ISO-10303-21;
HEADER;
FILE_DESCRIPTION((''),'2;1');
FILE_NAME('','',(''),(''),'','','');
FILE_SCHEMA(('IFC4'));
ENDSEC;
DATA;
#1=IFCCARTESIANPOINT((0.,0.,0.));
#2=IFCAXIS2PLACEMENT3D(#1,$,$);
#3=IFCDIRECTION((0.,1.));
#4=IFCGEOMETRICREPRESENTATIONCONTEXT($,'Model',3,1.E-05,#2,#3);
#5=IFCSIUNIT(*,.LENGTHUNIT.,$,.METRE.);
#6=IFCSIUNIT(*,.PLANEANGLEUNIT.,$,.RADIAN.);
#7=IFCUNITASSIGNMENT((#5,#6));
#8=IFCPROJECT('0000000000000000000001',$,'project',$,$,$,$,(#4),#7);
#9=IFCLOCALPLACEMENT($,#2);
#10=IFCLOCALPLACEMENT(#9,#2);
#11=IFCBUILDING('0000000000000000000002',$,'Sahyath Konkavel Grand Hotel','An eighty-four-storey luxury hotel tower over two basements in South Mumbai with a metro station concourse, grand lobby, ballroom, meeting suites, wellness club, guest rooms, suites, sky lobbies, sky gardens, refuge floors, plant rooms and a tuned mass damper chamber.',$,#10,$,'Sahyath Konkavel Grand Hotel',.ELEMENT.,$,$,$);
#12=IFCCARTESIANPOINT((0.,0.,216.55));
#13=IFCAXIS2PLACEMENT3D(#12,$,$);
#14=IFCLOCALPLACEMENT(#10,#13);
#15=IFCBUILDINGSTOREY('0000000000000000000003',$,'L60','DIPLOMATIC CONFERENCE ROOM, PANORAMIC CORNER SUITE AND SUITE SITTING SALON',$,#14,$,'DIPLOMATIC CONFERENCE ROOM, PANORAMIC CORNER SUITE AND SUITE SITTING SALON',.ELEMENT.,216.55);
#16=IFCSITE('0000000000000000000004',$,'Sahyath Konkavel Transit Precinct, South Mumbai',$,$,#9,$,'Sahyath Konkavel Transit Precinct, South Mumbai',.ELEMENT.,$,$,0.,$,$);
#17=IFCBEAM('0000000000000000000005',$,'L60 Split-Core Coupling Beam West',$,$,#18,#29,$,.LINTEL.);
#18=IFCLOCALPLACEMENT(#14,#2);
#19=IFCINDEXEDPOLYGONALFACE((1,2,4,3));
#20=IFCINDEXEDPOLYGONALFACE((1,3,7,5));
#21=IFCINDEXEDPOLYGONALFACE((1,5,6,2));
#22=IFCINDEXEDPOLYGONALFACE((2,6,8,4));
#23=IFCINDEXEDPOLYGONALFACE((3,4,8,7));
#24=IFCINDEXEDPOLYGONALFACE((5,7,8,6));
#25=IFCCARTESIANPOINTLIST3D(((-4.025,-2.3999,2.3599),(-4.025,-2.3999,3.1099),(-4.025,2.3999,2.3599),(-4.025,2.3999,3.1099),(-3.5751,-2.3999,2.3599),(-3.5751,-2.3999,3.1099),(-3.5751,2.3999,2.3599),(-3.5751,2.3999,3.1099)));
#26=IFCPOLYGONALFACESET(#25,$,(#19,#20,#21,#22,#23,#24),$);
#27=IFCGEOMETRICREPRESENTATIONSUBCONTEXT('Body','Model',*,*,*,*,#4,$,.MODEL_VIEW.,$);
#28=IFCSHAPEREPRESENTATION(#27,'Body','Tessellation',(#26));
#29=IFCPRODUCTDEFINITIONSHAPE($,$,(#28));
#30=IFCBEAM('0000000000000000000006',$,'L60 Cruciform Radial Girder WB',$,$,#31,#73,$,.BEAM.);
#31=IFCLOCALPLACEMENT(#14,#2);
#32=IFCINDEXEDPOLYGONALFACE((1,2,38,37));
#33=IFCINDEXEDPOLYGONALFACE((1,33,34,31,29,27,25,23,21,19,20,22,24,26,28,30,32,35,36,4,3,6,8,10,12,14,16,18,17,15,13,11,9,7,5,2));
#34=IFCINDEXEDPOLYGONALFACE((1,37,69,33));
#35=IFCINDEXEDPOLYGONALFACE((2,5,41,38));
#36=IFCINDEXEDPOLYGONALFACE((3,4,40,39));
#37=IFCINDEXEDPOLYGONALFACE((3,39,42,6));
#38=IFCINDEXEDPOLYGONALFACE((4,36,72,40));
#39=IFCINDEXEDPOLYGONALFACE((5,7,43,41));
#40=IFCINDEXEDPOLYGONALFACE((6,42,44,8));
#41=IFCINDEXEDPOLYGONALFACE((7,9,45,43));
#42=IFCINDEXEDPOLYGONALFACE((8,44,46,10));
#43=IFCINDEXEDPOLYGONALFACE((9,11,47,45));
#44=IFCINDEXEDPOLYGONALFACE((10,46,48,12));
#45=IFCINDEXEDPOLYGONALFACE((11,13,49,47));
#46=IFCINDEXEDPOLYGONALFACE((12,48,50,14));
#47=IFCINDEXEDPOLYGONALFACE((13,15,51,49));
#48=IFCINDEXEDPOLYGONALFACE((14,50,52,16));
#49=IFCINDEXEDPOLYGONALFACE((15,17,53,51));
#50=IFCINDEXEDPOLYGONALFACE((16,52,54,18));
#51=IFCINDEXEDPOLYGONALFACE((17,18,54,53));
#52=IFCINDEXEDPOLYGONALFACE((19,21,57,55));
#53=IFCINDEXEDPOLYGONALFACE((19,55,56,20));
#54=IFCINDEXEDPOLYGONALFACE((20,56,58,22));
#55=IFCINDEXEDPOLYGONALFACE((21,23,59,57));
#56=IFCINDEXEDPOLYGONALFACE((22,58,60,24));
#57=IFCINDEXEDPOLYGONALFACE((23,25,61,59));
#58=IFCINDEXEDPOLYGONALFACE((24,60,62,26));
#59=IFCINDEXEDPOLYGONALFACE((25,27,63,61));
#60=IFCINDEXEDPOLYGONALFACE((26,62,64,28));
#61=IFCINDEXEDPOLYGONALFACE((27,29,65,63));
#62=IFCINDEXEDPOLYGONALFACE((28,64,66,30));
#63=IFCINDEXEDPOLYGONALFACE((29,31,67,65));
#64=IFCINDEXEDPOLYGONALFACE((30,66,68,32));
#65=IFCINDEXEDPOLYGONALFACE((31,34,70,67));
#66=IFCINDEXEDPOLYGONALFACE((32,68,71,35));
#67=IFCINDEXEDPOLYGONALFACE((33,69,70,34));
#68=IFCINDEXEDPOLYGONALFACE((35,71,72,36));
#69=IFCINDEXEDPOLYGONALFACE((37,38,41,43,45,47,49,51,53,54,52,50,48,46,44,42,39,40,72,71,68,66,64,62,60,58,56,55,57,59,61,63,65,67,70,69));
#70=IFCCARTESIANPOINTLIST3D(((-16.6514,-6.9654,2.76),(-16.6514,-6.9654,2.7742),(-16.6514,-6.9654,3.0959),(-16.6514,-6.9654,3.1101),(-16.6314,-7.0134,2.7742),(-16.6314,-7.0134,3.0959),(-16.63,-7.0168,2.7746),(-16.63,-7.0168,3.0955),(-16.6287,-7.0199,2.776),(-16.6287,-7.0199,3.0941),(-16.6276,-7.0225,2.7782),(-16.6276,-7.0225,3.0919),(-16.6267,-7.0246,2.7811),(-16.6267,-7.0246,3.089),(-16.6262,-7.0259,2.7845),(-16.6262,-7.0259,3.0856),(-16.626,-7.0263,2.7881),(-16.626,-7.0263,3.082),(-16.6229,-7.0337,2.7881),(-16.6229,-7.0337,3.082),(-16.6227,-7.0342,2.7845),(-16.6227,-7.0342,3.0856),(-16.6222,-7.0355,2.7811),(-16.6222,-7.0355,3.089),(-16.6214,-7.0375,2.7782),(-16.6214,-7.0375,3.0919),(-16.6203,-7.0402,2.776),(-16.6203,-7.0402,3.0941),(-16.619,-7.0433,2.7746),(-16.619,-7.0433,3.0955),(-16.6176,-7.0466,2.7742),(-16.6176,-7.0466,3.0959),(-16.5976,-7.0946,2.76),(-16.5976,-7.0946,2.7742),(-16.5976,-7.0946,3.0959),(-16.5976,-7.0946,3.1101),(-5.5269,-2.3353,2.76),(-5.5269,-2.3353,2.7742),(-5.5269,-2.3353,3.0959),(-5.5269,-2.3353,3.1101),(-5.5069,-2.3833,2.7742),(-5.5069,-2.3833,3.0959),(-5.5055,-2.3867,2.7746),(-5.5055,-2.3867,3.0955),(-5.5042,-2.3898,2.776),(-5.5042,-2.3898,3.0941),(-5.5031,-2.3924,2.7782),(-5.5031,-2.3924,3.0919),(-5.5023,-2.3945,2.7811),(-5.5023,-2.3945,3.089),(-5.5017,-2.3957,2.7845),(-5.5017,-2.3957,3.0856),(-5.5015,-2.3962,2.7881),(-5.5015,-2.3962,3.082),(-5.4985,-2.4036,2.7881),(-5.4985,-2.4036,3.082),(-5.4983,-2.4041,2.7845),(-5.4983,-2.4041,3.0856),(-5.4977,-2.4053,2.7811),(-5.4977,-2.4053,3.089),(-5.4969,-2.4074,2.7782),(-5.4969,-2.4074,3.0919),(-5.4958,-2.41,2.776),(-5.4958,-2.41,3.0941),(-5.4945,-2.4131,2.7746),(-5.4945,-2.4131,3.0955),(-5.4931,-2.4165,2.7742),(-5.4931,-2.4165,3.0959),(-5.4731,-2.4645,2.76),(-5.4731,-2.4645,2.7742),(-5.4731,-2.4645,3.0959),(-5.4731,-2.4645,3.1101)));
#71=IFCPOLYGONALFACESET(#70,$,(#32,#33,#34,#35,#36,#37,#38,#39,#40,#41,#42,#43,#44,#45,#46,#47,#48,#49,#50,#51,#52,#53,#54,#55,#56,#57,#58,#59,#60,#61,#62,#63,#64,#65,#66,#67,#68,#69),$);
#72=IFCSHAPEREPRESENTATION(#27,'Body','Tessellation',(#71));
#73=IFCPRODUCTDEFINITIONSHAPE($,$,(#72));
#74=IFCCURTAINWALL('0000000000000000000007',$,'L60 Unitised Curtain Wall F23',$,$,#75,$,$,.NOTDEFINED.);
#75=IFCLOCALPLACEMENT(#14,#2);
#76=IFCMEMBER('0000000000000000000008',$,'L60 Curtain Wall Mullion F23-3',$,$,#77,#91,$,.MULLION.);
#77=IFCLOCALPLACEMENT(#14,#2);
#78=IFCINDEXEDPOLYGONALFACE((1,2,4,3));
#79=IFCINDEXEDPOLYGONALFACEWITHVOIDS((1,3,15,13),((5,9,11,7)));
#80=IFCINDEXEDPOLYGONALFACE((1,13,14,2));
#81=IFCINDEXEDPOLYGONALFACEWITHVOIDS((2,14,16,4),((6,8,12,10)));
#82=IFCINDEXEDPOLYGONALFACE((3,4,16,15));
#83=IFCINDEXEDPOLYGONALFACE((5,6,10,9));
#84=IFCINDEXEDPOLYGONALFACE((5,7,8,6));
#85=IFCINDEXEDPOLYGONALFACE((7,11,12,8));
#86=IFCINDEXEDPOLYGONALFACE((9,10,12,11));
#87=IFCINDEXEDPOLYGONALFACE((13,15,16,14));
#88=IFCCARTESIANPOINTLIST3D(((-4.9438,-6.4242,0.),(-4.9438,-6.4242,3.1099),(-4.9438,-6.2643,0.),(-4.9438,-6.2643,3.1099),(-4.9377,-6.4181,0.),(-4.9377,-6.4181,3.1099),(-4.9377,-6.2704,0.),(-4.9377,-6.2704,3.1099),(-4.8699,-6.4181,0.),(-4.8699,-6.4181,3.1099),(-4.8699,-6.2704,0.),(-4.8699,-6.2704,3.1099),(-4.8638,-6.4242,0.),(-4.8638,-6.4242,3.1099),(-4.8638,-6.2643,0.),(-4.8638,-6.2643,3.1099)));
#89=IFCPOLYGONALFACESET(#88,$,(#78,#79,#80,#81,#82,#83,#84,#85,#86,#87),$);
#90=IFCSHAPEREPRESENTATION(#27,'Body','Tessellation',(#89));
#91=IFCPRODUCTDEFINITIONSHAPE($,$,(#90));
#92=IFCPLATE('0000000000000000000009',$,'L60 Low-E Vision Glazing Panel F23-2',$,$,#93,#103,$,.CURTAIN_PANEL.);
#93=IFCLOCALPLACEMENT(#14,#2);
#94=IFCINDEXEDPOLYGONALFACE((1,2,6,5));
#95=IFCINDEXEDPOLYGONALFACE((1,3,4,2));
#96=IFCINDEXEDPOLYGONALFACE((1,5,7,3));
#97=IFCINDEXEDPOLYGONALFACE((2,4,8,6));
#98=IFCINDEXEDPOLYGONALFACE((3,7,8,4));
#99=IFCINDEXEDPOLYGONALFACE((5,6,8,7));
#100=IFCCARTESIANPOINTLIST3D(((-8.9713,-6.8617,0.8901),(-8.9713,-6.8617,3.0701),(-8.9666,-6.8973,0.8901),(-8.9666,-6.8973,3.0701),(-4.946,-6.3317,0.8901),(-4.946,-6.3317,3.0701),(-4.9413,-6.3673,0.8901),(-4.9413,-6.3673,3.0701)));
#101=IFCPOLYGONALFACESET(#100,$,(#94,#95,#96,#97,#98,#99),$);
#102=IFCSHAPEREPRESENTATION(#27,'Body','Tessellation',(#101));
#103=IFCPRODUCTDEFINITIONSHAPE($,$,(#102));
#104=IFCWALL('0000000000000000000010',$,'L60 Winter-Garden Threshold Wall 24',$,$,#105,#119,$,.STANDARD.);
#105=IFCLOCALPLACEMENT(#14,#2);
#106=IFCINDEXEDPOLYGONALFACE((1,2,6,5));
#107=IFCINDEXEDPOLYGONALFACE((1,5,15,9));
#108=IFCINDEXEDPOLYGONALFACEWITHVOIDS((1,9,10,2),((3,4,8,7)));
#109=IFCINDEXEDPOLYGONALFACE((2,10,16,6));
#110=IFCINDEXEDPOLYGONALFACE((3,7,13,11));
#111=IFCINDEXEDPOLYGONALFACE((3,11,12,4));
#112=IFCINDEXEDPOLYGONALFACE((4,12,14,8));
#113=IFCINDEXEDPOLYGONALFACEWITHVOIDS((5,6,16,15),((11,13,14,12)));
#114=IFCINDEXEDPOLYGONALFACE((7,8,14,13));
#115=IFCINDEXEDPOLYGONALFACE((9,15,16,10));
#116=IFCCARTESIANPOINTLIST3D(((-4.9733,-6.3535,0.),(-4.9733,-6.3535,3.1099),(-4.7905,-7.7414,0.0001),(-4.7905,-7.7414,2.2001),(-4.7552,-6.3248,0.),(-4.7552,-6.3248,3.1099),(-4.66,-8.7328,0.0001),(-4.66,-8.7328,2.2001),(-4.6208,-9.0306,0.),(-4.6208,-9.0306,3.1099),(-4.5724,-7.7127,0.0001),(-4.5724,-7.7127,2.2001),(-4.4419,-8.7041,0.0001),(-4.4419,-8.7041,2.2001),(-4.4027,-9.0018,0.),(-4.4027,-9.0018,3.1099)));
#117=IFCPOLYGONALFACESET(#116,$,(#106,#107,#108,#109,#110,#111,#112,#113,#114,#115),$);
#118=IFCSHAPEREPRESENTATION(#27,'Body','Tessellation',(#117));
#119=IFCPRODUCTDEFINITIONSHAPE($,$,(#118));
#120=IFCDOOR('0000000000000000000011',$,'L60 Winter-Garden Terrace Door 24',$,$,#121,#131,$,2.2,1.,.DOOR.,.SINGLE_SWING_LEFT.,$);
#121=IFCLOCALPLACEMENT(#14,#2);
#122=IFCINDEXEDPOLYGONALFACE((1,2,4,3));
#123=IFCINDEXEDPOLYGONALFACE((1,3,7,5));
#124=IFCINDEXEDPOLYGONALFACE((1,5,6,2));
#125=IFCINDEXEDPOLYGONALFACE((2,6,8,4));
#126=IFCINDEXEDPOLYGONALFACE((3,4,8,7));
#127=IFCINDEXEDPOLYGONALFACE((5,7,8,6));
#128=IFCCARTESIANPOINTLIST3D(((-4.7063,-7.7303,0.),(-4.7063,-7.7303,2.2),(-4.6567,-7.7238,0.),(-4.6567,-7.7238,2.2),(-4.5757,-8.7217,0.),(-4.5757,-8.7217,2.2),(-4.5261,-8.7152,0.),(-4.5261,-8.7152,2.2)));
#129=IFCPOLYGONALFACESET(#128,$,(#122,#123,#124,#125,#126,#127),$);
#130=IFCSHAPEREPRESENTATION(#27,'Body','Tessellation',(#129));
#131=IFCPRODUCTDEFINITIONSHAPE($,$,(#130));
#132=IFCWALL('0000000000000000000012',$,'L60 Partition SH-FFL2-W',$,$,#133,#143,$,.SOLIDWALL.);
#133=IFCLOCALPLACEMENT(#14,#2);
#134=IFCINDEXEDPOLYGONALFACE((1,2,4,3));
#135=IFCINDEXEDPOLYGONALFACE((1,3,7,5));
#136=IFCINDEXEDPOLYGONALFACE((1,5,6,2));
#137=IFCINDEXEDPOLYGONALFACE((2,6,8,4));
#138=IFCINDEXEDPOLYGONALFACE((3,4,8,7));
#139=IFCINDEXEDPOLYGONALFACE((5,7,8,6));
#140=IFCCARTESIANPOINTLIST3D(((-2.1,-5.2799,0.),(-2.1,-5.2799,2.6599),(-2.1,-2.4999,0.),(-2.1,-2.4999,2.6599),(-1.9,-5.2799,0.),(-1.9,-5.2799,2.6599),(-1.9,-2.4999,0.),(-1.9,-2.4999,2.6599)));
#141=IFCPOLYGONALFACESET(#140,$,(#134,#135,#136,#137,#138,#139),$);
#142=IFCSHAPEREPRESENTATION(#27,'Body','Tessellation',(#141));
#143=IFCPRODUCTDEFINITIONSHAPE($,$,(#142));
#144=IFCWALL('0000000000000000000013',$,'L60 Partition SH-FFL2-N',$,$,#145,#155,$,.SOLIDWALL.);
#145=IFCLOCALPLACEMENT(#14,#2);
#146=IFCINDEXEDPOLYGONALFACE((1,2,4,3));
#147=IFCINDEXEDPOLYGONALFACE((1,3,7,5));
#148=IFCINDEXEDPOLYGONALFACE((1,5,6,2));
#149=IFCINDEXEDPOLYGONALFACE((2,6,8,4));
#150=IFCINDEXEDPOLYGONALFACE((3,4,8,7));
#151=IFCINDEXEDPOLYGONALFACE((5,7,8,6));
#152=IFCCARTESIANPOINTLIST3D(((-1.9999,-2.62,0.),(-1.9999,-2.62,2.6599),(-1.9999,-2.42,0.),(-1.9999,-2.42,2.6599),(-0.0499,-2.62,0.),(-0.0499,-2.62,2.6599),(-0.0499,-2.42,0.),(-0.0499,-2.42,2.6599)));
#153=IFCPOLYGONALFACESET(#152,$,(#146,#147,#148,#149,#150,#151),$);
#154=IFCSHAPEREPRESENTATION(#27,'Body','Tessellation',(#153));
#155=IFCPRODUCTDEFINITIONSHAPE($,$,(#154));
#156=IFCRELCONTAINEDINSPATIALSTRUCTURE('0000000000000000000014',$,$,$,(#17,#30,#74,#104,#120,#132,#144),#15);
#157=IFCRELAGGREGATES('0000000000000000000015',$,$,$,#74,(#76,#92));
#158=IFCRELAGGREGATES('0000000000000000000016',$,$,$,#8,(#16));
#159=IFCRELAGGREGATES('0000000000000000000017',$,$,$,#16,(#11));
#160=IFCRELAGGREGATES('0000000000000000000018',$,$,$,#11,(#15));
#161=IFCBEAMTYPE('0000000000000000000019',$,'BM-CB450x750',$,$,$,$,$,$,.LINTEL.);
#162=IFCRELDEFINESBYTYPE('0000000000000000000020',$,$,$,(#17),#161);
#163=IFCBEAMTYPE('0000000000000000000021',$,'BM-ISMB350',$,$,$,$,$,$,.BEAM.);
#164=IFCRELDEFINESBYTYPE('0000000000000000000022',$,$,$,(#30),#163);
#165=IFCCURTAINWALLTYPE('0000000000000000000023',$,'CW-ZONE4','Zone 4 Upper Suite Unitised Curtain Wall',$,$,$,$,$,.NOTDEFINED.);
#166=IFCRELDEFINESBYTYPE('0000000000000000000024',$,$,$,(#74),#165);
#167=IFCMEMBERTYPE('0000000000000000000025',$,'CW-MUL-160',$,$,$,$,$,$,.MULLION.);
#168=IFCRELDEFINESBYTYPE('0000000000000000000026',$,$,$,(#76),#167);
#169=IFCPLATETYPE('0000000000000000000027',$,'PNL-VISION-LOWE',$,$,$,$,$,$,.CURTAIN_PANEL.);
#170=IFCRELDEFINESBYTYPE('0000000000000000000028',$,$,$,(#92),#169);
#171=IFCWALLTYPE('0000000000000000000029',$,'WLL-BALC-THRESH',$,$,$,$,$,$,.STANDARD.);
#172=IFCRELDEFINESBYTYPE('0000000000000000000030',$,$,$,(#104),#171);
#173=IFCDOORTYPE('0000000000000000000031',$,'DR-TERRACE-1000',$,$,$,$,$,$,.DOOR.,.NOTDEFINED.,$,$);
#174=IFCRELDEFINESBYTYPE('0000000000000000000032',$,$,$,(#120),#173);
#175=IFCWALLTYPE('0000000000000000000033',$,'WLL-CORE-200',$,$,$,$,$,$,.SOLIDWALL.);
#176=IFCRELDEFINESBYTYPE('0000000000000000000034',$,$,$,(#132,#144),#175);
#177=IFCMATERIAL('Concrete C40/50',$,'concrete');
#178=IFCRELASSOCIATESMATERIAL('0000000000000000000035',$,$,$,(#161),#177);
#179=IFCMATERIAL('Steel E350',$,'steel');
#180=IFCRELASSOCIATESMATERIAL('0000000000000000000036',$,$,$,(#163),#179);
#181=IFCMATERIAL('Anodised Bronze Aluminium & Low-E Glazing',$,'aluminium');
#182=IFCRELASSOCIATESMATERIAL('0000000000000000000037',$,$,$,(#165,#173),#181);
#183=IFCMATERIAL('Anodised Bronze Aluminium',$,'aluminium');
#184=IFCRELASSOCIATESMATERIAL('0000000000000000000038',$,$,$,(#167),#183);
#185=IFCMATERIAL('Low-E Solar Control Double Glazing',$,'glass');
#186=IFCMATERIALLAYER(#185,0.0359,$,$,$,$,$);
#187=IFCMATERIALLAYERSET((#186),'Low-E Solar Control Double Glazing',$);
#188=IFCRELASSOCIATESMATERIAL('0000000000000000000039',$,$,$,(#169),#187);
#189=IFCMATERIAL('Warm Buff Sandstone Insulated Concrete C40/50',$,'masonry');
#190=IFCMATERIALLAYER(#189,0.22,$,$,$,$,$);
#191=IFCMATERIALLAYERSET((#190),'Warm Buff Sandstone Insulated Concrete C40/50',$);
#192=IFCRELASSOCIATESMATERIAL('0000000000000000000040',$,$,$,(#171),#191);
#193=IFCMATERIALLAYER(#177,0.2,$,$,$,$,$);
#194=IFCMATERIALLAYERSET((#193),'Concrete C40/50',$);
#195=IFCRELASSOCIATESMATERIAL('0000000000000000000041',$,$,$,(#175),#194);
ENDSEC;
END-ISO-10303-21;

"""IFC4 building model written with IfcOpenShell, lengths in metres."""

from ifc_helpers import new_model, si_unit, direction, frame, frame_2d, origin, origin_2d, place, context, subcontext, project, spatial, rectangle, hollow_rectangle, i_section, extrude, source, transform, mapped, material, layer, layer_set, material_profile, profile_set, type_object, element, fill, aggregate, save


model = new_model("IFC4")

# Units and contexts
model_context = context("Model", 3, precision=1e-05, world=origin(), true_north=direction((0.0, 1.0)))
body_context = subcontext(model_context, "Body", "Model", "MODEL_VIEW")
ifc_project = project(units=[si_unit("LENGTHUNIT", "METRE"), si_unit("PLANEANGLEUNIT", "RADIAN")], contexts=[model_context])

# Site, building, storey
site_placement = place(None, origin())
site = spatial("IfcSite", under=ifc_project, at=site_placement, Name="Sahyath Konkavel Transit Precinct, South Mumbai", LongName="Sahyath Konkavel Transit Precinct, South Mumbai", CompositionType="ELEMENT", RefElevation=0.0)
building_placement = place(site_placement, origin())
building = spatial("IfcBuilding", under=site, at=building_placement, Name="Sahyath Konkavel Grand Hotel", Description="An eighty-four-storey luxury hotel tower over two basements in South Mumbai with a metro station concourse, grand lobby, ballroom, meeting suites, wellness club, guest rooms, suites, sky lobbies, sky gardens, refuge floors, plant rooms and a tuned mass damper chamber.", LongName="Sahyath Konkavel Grand Hotel", CompositionType="ELEMENT")
storey_placement = place(building_placement, frame((0.0, 0.0, 216.55)))
storey = spatial("IfcBuildingStorey", under=building, at=storey_placement, Name="L60", Description="DIPLOMATIC CONFERENCE ROOM, PANORAMIC CORNER SUITE AND SUITE SITTING SALON", LongName="DIPLOMATIC CONFERENCE ROOM, PANORAMIC CORNER SUITE AND SUITE SITTING SALON", CompositionType="ELEMENT", Elevation=216.55)

# Shared definitions
ifc_material_1 = material(Name="Concrete C40/50", Category="concrete")

# Beams
ifc_material_2 = material(Name="Steel E350", Category="steel")
ifc_material_profile_1 = material_profile(ifc_material_1, rectangle(XDim=0.45, YDim=0.75, at=origin_2d()), Name="RC 450x750")
ifc_profile_set_1 = profile_set([ifc_material_profile_1], Name="Concrete C40/50")
beam_type_1 = type_object("IfcBeamType", Name="BM-CB450x750", PredefinedType="LINTEL", material=ifc_profile_set_1)
shared_shape_1 = source(origin(), body_context, "Body", "SweptSolid", [
    extrude(rectangle(XDim=0.45, YDim=0.75, at=origin_2d()), origin(), (0.0, 0.0, 1.0), 4.7998),
])
beam_1_placement = place(storey_placement, frame((-3.8, -2.3999, 2.7349), z_axis=(0.0, 1.0, 0.0), x_axis=(-1.0, 0.0, 0.0)))
element("IfcBeam", 1, at=beam_1_placement, inside=storey, type_object=beam_type_1, Name="L60 Split-Core Coupling Beam West", PredefinedType="LINTEL", context=body_context, shape_type="MappedRepresentation", body=[
    mapped(shared_shape_1, transform((0.0, 0.0, 0.0), scale=1.0)),
])
ifc_material_profile_2 = material_profile(ifc_material_2, i_section(OverallWidth=0.1399, OverallDepth=0.3501, WebThickness=0.0081, FlangeThickness=0.0142, FilletRadius=0.0139, at=origin_2d()), Name="ISMB 350")
ifc_profile_set_2 = profile_set([ifc_material_profile_2], Name="Steel E350")
beam_type_2 = type_object("IfcBeamType", Name="BM-ISMB350", PredefinedType="BEAM", material=ifc_profile_set_2)
shared_shape_2 = source(origin(), body_context, "Body", "SweptSolid", [
    extrude(i_section(OverallWidth=0.1399, OverallDepth=0.3501, WebThickness=0.0081, FlangeThickness=0.0142, FilletRadius=0.0139, at=origin_2d()), origin(), (0.0, 0.0, 1.0), 12.0496),
])
beam_2_placement = place(storey_placement, frame((-5.5, -2.3999, 2.9351), z_axis=(-0.923227, -0.384256, 0.0), x_axis=(0.384256, -0.923227, 0.0)))
element("IfcBeam", 2, at=beam_2_placement, inside=storey, type_object=beam_type_2, Name="L60 Cruciform Radial Girder WB", PredefinedType="BEAM", context=body_context, shape_type="MappedRepresentation", body=[
    mapped(shared_shape_2, transform((0.0, 0.0, 0.0), scale=1.0)),
])

# Curtain wall, member, plate
ifc_material_3 = material(Name="Anodised Bronze Aluminium & Low-E Glazing", Category="aluminium")
curtain_wall_type = type_object("IfcCurtainWallType", Name="CW-ZONE4", Description="Zone 4 Upper Suite Unitised Curtain Wall", PredefinedType="NOTDEFINED", material=ifc_material_3)
curtain_wall_placement = place(storey_placement, origin())
curtain_wall = element("IfcCurtainWall", 3, at=curtain_wall_placement, inside=storey, type_object=curtain_wall_type, Name="L60 Unitised Curtain Wall F23", PredefinedType="NOTDEFINED")
ifc_material_4 = material(Name="Anodised Bronze Aluminium", Category="aluminium")
ifc_material_profile_3 = material_profile(ifc_material_4, hollow_rectangle(XDim=0.0801, YDim=0.1599, WallThickness=0.0061, at=origin_2d()), Name="RHS 160x80x6")
ifc_profile_set_3 = profile_set([ifc_material_profile_3], Name="Anodised Bronze Aluminium")
member_type = type_object("IfcMemberType", Name="CW-MUL-160", PredefinedType="MULLION", material=ifc_profile_set_3)
shared_shape_3 = source(origin(), body_context, "Body", "SweptSolid", [
    extrude(hollow_rectangle(XDim=0.0801, YDim=0.1599, WallThickness=0.0061, at=origin_2d()), origin(), (0.0, 0.0, 1.0), 3.1099),
])
member_placement = place(storey_placement, frame((-4.9038, -6.3442, 0.0), z_axis=(0.0, 0.0, 1.0), x_axis=(1.0, 0.0, 0.0)))
member = element("IfcMember", 4, at=member_placement, type_object=member_type, Name="L60 Curtain Wall Mullion F23-3", PredefinedType="MULLION", context=body_context, shape_type="MappedRepresentation", body=[
    mapped(shared_shape_3, transform((0.0, 0.0, 0.0), scale=1.0)),
])
ifc_material_5 = material(Name="Low-E Solar Control Double Glazing", Category="glass")
ifc_layer_1 = layer(ifc_material_5, 0.0359)
ifc_layer_set_1 = layer_set([ifc_layer_1], Name="Low-E Solar Control Double Glazing")
plate_type = type_object("IfcPlateType", Name="PNL-VISION-LOWE", PredefinedType="CURTAIN_PANEL", material=ifc_layer_set_1)
shared_shape_4 = source(origin(), body_context, "Body", "SweptSolid", [
    extrude(rectangle(XDim=4.0601, YDim=0.0359, at=origin_2d()), origin(), (0.0, 0.0, 1.0), 2.1799),
])
plate_placement = place(storey_placement, frame((-6.9563, -6.6145, 0.8901), z_axis=(0.0, 0.0, 1.0), x_axis=(0.991445, 0.130526, 0.0)))
plate = element("IfcPlate", 5, at=plate_placement, type_object=plate_type, Name="L60 Low-E Vision Glazing Panel F23-2", PredefinedType="CURTAIN_PANEL", context=body_context, shape_type="MappedRepresentation", body=[
    mapped(shared_shape_4, transform((0.0, 0.0, 0.0), scale=1.0)),
])
aggregate(curtain_wall, [member, plate])

# Wall, opening, door
ifc_material_6 = material(Name="Warm Buff Sandstone Insulated Concrete C40/50", Category="masonry")
ifc_layer_2 = layer(ifc_material_6, 0.22)
ifc_layer_set_2 = layer_set([ifc_layer_2], Name="Warm Buff Sandstone Insulated Concrete C40/50")
wall_type_1 = type_object("IfcWallType", Name="WLL-BALC-THRESH", PredefinedType="STANDARD", material=ifc_layer_set_2)
wall_1_placement = place(storey_placement, frame((-4.8643, -6.3391, 0.0), z_axis=(0.0, 0.0, 1.0), x_axis=(0.130564, -0.99144, 0.0)))
wall_1 = element("IfcWall", 6, at=wall_1_placement, inside=storey, type_object=wall_type_1, Name="L60 Winter-Garden Threshold Wall 24", PredefinedType="STANDARD", context=body_context, shape_type="SweptSolid", body=[
    extrude(rectangle(XDim=2.7002, YDim=0.22, at=frame_2d((1.3501, 0.0))), origin(), (0.0, 0.0, 1.0), 3.1099),
])
opening_1_placement = place(wall_1_placement, frame((1.3999, 0.0, 0.0)))
opening_1 = element("IfcOpeningElement", 7, at=opening_1_placement, cuts=wall_1, PredefinedType="OPENING", context=body_context, shape_type="SweptSolid", body=[
    extrude(rectangle(XDim=1.0, YDim=2.2, at=frame_2d((0.5, 1.1001))), frame((0.0, 0.1201, 0.0), z_axis=(0.0, -1.0, 0.0), x_axis=(1.0, 0.0, 0.0)), (0.0, 0.0, 1.0), 0.24),
])
door_type_1 = type_object("IfcDoorType", Name="DR-TERRACE-1000", OperationType="NOTDEFINED", PredefinedType="DOOR", material=ifc_material_3)
shared_shape_5 = source(origin(), body_context, "Body", "SweptSolid", [
    extrude(rectangle(XDim=1.0, YDim=0.05, at=origin_2d()), origin(), (0.0, 0.0, 1.0), 2.2),
])
door_1_placement = place(opening_1_placement, frame((0.5, 0.0, 0.0)))
door_1 = element("IfcDoor", 8, at=door_1_placement, inside=storey, type_object=door_type_1, Name="L60 Winter-Garden Terrace Door 24", OperationType="SINGLE_SWING_LEFT", OverallHeight=2.2, OverallWidth=1.0, PredefinedType="DOOR", context=body_context, shape_type="MappedRepresentation", body=[
    mapped(shared_shape_5, transform((0.0, 0.0, 0.0), scale=1.0)),
])
fill(opening_1, door_1)

# Walls
ifc_layer_3 = layer(ifc_material_1, 0.2)
ifc_layer_set_3 = layer_set([ifc_layer_3], Name="Concrete C40/50")
wall_type_2 = type_object("IfcWallType", Name="WLL-CORE-200", PredefinedType="SOLIDWALL", material=ifc_layer_set_3)
wall_2_placement = place(storey_placement, frame((-2.0, -5.28, 0.0), z_axis=(0.0, 0.0, 1.0), x_axis=(0.0, 1.0, 0.0)))
element("IfcWall", 9, at=wall_2_placement, inside=storey, type_object=wall_type_2, Name="L60 Partition SH-FFL2-W", PredefinedType="SOLIDWALL", context=body_context, shape_type="SweptSolid", body=[
    extrude(rectangle(XDim=2.78, YDim=0.2, at=frame_2d((1.3901, 0.0))), origin(), (0.0, 0.0, 1.0), 2.6599),
])
wall_3_placement = place(storey_placement, frame((-2.0, -2.52, 0.0), z_axis=(0.0, 0.0, 1.0), x_axis=(1.0, 0.0, 0.0)))
element("IfcWall", 10, at=wall_3_placement, inside=storey, type_object=wall_type_2, Name="L60 Partition SH-FFL2-N", PredefinedType="SOLIDWALL", context=body_context, shape_type="SweptSolid", body=[
    extrude(rectangle(XDim=1.95, YDim=0.2, at=frame_2d((0.9751, 0.0))), origin(), (0.0, 0.0, 1.0), 2.6599),
])

save(model, "model.ifc")
